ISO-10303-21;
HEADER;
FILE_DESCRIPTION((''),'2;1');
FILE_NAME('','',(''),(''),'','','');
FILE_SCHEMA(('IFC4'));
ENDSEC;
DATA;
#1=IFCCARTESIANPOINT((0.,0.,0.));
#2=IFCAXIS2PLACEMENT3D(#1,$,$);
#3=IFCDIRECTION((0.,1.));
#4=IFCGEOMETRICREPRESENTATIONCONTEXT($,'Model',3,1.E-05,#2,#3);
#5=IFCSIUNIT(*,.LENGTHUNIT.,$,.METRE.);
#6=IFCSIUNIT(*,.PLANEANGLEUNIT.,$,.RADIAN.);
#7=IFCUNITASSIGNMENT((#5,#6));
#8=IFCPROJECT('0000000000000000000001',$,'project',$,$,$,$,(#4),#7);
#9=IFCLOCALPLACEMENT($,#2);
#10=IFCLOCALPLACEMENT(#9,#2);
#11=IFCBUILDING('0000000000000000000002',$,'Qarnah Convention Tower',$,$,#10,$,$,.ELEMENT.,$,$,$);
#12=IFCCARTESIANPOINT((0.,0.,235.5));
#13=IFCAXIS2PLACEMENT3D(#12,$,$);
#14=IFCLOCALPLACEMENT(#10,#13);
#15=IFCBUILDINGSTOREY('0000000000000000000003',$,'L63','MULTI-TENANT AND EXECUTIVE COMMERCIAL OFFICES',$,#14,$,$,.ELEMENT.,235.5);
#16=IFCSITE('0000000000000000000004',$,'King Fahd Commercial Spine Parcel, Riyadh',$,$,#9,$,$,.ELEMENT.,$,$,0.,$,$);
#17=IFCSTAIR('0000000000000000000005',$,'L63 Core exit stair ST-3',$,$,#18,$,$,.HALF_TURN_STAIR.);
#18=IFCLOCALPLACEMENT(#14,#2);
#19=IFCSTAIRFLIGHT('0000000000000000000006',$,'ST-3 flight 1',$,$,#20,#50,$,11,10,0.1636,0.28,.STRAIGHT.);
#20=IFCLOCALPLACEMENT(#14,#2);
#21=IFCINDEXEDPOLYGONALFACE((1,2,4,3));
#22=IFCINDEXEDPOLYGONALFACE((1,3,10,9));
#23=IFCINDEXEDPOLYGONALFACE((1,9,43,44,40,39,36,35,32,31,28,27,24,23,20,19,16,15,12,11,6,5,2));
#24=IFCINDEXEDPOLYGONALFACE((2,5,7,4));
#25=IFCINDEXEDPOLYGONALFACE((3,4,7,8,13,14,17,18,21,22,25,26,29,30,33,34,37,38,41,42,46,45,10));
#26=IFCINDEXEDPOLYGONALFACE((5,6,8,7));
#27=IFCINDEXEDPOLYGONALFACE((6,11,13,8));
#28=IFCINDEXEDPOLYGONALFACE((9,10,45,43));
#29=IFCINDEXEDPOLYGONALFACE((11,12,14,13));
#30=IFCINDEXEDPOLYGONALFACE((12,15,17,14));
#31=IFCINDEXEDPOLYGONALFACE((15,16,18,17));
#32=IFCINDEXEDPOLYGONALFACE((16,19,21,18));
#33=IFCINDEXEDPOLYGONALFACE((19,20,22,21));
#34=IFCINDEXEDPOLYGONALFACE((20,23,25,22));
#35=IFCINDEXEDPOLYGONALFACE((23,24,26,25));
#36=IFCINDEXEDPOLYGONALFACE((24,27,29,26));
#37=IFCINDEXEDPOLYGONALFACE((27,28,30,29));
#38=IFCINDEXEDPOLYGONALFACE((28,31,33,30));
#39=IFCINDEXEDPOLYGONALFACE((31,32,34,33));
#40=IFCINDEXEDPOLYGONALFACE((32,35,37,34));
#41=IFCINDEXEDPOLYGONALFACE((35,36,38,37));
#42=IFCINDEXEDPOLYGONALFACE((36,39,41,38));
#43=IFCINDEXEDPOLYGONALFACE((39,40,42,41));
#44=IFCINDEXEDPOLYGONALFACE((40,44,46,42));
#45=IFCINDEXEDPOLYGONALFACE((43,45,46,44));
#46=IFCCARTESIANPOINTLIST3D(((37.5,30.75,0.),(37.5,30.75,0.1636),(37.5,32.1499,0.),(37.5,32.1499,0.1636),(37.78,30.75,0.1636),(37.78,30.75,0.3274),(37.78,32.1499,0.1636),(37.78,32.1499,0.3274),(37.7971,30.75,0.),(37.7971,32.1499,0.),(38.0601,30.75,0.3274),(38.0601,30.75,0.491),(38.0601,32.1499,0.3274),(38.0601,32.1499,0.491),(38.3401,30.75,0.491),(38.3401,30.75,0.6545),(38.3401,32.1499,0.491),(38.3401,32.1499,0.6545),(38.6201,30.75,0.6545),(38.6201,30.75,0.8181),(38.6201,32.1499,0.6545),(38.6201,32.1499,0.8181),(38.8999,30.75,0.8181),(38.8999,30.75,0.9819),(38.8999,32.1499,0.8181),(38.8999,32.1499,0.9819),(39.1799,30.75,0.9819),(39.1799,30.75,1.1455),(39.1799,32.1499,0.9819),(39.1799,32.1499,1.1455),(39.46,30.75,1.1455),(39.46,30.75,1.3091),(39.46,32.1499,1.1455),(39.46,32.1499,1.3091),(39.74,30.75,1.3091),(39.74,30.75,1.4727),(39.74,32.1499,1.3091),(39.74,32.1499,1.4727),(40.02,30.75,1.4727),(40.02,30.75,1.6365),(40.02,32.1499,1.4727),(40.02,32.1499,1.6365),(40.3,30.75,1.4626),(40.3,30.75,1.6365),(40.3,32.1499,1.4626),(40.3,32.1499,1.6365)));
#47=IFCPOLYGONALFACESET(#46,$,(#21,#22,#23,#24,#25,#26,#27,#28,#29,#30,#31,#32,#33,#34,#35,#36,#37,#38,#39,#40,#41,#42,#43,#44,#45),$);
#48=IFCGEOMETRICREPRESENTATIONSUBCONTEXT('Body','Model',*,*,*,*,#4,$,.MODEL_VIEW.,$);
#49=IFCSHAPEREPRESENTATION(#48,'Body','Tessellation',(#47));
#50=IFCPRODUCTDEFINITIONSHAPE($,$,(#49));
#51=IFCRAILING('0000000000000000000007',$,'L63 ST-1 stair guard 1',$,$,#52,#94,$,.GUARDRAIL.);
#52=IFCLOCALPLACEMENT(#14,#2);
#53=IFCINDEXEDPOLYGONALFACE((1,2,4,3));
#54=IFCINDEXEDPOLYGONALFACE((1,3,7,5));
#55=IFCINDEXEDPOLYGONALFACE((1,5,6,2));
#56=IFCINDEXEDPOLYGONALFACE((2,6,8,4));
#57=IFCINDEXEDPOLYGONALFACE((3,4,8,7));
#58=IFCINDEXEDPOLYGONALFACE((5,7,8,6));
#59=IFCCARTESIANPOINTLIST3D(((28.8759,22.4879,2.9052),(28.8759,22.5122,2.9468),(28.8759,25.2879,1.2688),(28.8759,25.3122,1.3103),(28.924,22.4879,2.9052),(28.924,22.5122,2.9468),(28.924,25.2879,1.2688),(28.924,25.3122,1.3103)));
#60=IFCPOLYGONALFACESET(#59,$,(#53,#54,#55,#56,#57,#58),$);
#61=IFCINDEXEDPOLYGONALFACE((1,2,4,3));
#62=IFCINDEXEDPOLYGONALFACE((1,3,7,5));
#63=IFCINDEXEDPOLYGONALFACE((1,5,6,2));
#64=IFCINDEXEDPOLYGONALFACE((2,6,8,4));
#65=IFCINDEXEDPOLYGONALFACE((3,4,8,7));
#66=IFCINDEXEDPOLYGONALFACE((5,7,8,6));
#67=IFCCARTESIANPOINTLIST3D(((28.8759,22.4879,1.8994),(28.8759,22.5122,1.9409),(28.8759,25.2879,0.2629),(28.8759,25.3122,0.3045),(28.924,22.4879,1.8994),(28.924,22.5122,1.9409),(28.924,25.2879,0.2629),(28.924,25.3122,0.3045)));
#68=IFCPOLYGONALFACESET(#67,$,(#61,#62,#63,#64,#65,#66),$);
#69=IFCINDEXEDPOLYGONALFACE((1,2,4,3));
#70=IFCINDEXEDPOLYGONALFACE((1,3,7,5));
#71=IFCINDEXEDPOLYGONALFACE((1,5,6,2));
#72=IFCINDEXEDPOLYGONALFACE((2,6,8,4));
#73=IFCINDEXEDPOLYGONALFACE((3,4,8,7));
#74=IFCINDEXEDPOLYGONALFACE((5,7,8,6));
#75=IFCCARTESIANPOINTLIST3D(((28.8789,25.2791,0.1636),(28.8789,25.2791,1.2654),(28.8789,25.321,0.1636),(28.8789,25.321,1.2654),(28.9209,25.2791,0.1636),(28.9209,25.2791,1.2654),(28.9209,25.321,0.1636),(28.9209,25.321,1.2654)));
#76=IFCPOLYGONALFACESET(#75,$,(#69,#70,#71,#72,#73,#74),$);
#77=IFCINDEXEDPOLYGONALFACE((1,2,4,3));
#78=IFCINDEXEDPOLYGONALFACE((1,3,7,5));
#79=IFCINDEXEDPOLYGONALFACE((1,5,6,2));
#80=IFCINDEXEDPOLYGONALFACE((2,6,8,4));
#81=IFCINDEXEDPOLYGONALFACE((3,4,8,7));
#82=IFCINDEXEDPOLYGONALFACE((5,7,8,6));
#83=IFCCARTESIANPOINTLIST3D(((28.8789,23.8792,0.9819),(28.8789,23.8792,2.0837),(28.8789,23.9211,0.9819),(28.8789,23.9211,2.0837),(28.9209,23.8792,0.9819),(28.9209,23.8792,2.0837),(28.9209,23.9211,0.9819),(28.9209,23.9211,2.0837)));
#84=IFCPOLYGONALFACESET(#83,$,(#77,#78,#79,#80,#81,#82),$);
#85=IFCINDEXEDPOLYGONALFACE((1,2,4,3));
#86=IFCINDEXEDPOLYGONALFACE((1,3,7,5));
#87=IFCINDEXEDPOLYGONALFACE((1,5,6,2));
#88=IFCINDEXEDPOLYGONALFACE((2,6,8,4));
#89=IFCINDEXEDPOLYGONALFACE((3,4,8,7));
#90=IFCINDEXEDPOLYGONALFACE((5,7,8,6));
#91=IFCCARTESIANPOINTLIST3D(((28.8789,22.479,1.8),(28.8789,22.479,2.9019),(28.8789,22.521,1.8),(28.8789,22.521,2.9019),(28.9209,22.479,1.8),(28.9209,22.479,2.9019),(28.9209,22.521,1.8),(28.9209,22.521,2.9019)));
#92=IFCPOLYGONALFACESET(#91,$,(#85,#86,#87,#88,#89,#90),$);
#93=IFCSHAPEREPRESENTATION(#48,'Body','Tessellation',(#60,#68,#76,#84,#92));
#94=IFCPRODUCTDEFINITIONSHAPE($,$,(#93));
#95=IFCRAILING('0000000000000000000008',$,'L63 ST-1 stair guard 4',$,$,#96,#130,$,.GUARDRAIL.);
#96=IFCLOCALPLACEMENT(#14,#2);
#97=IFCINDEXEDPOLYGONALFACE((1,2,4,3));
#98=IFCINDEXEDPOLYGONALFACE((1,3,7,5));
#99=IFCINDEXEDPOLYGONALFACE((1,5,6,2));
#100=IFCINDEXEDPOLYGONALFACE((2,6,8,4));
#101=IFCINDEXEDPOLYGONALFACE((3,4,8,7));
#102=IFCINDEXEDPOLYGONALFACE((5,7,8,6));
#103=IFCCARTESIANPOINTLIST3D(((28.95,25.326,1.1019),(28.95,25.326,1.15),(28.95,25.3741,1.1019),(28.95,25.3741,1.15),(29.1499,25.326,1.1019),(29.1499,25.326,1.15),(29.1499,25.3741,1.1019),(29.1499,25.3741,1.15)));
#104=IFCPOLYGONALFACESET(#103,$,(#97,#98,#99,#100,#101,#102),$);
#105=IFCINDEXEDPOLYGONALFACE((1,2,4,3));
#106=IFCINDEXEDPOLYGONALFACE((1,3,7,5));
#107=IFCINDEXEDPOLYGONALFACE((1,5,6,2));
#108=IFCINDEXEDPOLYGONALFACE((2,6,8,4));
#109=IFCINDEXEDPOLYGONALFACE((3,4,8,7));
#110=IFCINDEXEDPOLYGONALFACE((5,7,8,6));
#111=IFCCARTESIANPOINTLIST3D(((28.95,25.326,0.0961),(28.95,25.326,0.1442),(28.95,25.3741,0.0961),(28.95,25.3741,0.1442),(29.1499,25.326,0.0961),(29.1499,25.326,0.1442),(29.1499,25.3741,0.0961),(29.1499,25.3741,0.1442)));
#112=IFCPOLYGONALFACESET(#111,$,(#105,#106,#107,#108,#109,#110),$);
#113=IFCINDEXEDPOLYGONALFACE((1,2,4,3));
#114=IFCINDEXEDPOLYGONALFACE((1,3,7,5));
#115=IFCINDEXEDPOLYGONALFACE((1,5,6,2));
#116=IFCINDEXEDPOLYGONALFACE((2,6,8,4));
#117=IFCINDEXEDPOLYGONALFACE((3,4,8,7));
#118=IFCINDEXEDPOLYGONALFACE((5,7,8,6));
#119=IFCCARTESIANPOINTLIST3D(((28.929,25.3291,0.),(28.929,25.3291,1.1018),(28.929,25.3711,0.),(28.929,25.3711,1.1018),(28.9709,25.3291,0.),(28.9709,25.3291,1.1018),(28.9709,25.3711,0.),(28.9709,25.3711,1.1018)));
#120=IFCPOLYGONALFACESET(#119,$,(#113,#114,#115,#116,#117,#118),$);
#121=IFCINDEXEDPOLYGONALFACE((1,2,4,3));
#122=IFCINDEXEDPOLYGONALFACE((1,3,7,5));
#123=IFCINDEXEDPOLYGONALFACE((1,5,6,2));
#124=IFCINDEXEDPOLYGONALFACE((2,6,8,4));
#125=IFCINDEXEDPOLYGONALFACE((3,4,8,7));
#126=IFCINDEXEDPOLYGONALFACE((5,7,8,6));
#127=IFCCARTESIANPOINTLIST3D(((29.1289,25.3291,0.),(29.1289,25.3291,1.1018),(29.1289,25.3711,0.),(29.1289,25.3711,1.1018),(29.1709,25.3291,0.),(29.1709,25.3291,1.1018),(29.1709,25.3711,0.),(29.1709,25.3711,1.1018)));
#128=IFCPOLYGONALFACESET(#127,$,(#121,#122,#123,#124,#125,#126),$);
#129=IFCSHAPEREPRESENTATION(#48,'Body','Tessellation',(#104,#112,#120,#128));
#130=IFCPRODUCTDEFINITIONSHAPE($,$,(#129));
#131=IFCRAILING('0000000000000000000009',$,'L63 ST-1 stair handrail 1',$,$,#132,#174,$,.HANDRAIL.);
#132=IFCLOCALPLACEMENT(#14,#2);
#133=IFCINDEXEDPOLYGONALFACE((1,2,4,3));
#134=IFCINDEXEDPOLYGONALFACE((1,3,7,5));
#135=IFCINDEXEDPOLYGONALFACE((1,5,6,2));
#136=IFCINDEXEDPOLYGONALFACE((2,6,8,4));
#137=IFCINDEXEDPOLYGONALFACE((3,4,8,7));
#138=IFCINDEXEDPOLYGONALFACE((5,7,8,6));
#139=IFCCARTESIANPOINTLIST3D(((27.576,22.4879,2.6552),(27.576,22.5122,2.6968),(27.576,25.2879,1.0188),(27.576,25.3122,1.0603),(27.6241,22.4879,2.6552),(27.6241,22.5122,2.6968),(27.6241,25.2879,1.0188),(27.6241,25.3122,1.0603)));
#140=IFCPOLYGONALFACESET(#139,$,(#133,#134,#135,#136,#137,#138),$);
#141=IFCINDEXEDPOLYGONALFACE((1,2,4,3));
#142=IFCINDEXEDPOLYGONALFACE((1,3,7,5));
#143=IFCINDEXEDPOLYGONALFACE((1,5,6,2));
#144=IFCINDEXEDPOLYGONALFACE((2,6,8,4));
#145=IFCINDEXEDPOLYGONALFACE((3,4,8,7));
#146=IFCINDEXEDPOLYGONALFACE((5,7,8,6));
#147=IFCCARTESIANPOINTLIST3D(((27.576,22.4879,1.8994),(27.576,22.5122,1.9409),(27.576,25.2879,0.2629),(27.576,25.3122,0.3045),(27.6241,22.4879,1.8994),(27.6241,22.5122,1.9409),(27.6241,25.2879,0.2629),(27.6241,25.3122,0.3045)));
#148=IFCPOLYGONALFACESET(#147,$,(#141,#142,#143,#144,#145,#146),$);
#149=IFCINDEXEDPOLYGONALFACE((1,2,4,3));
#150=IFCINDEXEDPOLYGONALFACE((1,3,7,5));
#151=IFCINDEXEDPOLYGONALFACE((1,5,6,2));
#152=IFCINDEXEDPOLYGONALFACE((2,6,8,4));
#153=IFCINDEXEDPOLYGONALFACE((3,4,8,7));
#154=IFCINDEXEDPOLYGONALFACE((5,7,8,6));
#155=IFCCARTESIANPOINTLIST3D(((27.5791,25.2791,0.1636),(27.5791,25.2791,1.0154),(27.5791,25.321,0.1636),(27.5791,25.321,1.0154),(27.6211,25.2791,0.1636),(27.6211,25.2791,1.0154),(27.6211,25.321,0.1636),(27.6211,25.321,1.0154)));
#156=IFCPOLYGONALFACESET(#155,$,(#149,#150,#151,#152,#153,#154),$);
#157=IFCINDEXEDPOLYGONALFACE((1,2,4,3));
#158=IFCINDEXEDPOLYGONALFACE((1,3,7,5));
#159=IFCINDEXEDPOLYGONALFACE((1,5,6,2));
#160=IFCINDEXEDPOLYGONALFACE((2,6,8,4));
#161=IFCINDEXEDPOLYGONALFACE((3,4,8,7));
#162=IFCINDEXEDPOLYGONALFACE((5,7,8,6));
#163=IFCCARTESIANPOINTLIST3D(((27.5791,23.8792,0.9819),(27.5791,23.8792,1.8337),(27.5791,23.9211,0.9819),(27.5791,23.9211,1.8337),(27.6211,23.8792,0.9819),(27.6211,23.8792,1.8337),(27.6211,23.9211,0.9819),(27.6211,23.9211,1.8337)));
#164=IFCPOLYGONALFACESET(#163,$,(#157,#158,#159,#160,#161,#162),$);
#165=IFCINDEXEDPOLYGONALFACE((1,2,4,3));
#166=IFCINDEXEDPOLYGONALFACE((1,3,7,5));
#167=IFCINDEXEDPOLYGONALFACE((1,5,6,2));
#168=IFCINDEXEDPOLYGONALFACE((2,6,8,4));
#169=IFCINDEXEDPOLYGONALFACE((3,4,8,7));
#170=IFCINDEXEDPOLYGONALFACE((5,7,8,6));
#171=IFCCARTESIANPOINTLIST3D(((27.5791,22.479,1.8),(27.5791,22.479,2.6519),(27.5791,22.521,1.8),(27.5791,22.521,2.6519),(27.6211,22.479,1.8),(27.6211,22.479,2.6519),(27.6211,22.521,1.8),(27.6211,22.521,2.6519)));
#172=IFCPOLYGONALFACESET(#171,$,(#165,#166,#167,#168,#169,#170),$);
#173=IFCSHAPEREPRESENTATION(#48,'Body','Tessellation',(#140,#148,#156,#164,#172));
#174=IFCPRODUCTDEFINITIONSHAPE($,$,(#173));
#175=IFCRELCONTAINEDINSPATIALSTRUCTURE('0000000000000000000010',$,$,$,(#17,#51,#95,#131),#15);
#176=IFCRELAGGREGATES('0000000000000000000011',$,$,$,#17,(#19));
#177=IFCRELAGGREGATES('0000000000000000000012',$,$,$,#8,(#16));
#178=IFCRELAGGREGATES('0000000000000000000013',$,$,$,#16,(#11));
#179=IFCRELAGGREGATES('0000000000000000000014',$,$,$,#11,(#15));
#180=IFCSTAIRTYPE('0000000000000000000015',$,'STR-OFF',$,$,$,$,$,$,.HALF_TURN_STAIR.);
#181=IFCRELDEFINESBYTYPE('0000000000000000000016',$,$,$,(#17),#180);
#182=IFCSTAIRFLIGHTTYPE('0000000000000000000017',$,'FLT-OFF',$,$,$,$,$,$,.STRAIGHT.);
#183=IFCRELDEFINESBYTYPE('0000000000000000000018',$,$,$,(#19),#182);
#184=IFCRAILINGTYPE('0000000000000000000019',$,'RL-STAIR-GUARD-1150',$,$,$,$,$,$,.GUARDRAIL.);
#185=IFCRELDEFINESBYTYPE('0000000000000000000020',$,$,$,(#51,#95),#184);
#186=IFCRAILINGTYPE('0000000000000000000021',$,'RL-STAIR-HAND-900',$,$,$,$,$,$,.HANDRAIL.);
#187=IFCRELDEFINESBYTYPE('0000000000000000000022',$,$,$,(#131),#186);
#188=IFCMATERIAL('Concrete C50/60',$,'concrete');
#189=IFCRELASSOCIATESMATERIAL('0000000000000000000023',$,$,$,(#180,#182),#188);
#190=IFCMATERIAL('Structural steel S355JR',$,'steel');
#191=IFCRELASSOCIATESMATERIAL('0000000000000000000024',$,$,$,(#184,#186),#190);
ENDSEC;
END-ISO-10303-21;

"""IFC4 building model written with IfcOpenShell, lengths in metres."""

from ifc_helpers import new_model, si_unit, direction, frame, origin, origin_2d, place, context, subcontext, project, spatial, polyline, rectangle, outline, extrude, material, type_object, element, aggregate, save


model = new_model("IFC4")

# Units and contexts
model_context = context("Model", 3, precision=1e-05, world=origin(), true_north=direction((0.0, 1.0)))
body_context = subcontext(model_context, "Body", "Model", "MODEL_VIEW")
ifc_project = project(units=[si_unit("LENGTHUNIT", "METRE"), si_unit("PLANEANGLEUNIT", "RADIAN")], contexts=[model_context])

# Site, building, storey
site_placement = place(None, origin())
site = spatial("IfcSite", under=ifc_project, at=site_placement, Name="King Fahd Commercial Spine Parcel, Riyadh", CompositionType="ELEMENT", RefElevation=0.0)
building_placement = place(site_placement, origin())
building = spatial("IfcBuilding", under=site, at=building_placement, Name="Qarnah Convention Tower", CompositionType="ELEMENT")
storey_placement = place(building_placement, frame((0.0, 0.0, 235.5)))
storey = spatial("IfcBuildingStorey", under=building, at=storey_placement, Name="L63", Description="MULTI-TENANT AND EXECUTIVE COMMERCIAL OFFICES", CompositionType="ELEMENT", Elevation=235.5)

# Shared definitions
ifc_material_1 = material(Name="Structural steel S355JR", Category="steel")

# Stair, stair flight
ifc_material_2 = material(Name="Concrete C50/60", Category="concrete")
stair_type = type_object("IfcStairType", Name="STR-OFF", PredefinedType="HALF_TURN_STAIR", material=ifc_material_2)
stair_flight_type = type_object("IfcStairFlightType", Name="FLT-OFF", PredefinedType="STRAIGHT", material=ifc_material_2)
stair_1_placement = place(storey_placement, origin())
stair_1 = element("IfcStair", 1, at=stair_1_placement, inside=storey, type_object=stair_type, Name="L63 Core exit stair ST-3", PredefinedType="HALF_TURN_STAIR")
stair_flight_1_placement = place(storey_placement, frame((37.5, 31.45, 0.0), z_axis=(0.0, 0.0, 1.0), x_axis=(1.0, 0.0, 0.0)))
stair_flight_1 = element("IfcStairFlight", 2, at=stair_flight_1_placement, type_object=stair_flight_type, Name="ST-3 flight 1", NumberOfRisers=11, NumberOfTreads=10, PredefinedType="STRAIGHT", RiserHeight=0.1636, TreadLength=0.28, context=body_context, shape_type="SweptSolid", body=[
    extrude(outline(polyline([(0.0, 0.0), (0.0, 0.1636), (0.28, 0.1636), (0.28, 0.3274), (0.5601, 0.3274), (0.5601, 0.491), (0.8401, 0.491), (0.8401, 0.6545), (1.1201, 0.6545), (1.1201, 0.8181), (1.3999, 0.8181), (1.3999, 0.9819), (1.6799, 0.9819), (1.6799, 1.1455), (1.96, 1.1455), (1.96, 1.3091), (2.24, 1.3091), (2.24, 1.4727), (2.52, 1.4727), (2.52, 1.6365), (2.8, 1.6365), (2.8, 1.8), (2.8, 1.4626), (0.2971, 0.0), (0.0, 0.0)])), frame((0.0, 0.7, 0.0), z_axis=(0.0, -1.0, 0.0), x_axis=(1.0, 0.0, 0.0)), (0.0, 0.0, 1.0), 1.3999),
])
aggregate(stair_1, [stair_flight_1])

# Railings
railing_type_1 = type_object("IfcRailingType", Name="RL-STAIR-GUARD-1150", PredefinedType="GUARDRAIL", material=ifc_material_1)
railing_1_placement = place(storey_placement, frame((28.8999, 25.3, 0.1636)))
element("IfcRailing", 3, at=railing_1_placement, inside=storey, type_object=railing_type_1, Name="L63 ST-1 stair guard 1", PredefinedType="GUARDRAIL", context=body_context, shape_type="SweptSolid", body=[
    extrude(rectangle(XDim=0.0481, YDim=0.0481, at=origin_2d()), frame((0.0, 0.0, 1.126), z_axis=(0.0, -0.863361, 0.504587), x_axis=(1.0, 0.0, 0.0)), (0.0, 0.0, 1.0), 3.2432),
    extrude(rectangle(XDim=0.0481, YDim=0.0481, at=origin_2d()), frame((0.0, 0.0, 0.1201), z_axis=(0.0, -0.863361, 0.504587), x_axis=(1.0, 0.0, 0.0)), (0.0, 0.0, 1.0), 3.2432),
    extrude(rectangle(XDim=0.042, YDim=0.042, at=origin_2d()), origin(), (0.0, 0.0, 1.0), 1.1018),
    extrude(rectangle(XDim=0.042, YDim=0.042, at=origin_2d()), frame((0.0, -1.3999, 0.8184)), (0.0, 0.0, 1.0), 1.1018),
    extrude(rectangle(XDim=0.042, YDim=0.042, at=origin_2d()), frame((0.0, -2.8, 1.6365)), (0.0, 0.0, 1.0), 1.1018),
])
railing_2_placement = place(storey_placement, frame((28.95, 25.3501, 0.0)))
element("IfcRailing", 4, at=railing_2_placement, inside=storey, type_object=railing_type_1, Name="L63 ST-1 stair guard 4", PredefinedType="GUARDRAIL", context=body_context, shape_type="SweptSolid", body=[
    extrude(rectangle(XDim=0.0481, YDim=0.0481, at=origin_2d()), frame((0.0, 0.0, 1.126), z_axis=(1.0, 0.0, 0.0), x_axis=(0.0, 1.0, 0.0)), (0.0, 0.0, 1.0), 0.2),
    extrude(rectangle(XDim=0.0481, YDim=0.0481, at=origin_2d()), frame((0.0, 0.0, 0.1201), z_axis=(1.0, 0.0, 0.0), x_axis=(0.0, 1.0, 0.0)), (0.0, 0.0, 1.0), 0.2),
    extrude(rectangle(XDim=0.042, YDim=0.042, at=origin_2d()), origin(), (0.0, 0.0, 1.0), 1.1018),
    extrude(rectangle(XDim=0.042, YDim=0.042, at=origin_2d()), frame((0.2, 0.0, 0.0)), (0.0, 0.0, 1.0), 1.1018),
])
railing_type_2 = type_object("IfcRailingType", Name="RL-STAIR-HAND-900", PredefinedType="HANDRAIL", material=ifc_material_1)
railing_3_placement = place(storey_placement, frame((27.6001, 25.3, 0.1636)))
element("IfcRailing", 5, at=railing_3_placement, inside=storey, type_object=railing_type_2, Name="L63 ST-1 stair handrail 1", PredefinedType="HANDRAIL", context=body_context, shape_type="SweptSolid", body=[
    extrude(rectangle(XDim=0.0481, YDim=0.0481, at=origin_2d()), frame((0.0, 0.0, 0.876), z_axis=(0.0, -0.863361, 0.504587), x_axis=(1.0, 0.0, 0.0)), (0.0, 0.0, 1.0), 3.2432),
    extrude(rectangle(XDim=0.0481, YDim=0.0481, at=origin_2d()), frame((0.0, 0.0, 0.1201), z_axis=(0.0, -0.863361, 0.504587), x_axis=(1.0, 0.0, 0.0)), (0.0, 0.0, 1.0), 3.2432),
    extrude(rectangle(XDim=0.042, YDim=0.042, at=origin_2d()), origin(), (0.0, 0.0, 1.0), 0.8518),
    extrude(rectangle(XDim=0.042, YDim=0.042, at=origin_2d()), frame((0.0, -1.3999, 0.8184)), (0.0, 0.0, 1.0), 0.8518),
    extrude(rectangle(XDim=0.042, YDim=0.042, at=origin_2d()), frame((0.0, -2.8, 1.6365)), (0.0, 0.0, 1.0), 0.8518),
])

save(model, "model.ifc")
